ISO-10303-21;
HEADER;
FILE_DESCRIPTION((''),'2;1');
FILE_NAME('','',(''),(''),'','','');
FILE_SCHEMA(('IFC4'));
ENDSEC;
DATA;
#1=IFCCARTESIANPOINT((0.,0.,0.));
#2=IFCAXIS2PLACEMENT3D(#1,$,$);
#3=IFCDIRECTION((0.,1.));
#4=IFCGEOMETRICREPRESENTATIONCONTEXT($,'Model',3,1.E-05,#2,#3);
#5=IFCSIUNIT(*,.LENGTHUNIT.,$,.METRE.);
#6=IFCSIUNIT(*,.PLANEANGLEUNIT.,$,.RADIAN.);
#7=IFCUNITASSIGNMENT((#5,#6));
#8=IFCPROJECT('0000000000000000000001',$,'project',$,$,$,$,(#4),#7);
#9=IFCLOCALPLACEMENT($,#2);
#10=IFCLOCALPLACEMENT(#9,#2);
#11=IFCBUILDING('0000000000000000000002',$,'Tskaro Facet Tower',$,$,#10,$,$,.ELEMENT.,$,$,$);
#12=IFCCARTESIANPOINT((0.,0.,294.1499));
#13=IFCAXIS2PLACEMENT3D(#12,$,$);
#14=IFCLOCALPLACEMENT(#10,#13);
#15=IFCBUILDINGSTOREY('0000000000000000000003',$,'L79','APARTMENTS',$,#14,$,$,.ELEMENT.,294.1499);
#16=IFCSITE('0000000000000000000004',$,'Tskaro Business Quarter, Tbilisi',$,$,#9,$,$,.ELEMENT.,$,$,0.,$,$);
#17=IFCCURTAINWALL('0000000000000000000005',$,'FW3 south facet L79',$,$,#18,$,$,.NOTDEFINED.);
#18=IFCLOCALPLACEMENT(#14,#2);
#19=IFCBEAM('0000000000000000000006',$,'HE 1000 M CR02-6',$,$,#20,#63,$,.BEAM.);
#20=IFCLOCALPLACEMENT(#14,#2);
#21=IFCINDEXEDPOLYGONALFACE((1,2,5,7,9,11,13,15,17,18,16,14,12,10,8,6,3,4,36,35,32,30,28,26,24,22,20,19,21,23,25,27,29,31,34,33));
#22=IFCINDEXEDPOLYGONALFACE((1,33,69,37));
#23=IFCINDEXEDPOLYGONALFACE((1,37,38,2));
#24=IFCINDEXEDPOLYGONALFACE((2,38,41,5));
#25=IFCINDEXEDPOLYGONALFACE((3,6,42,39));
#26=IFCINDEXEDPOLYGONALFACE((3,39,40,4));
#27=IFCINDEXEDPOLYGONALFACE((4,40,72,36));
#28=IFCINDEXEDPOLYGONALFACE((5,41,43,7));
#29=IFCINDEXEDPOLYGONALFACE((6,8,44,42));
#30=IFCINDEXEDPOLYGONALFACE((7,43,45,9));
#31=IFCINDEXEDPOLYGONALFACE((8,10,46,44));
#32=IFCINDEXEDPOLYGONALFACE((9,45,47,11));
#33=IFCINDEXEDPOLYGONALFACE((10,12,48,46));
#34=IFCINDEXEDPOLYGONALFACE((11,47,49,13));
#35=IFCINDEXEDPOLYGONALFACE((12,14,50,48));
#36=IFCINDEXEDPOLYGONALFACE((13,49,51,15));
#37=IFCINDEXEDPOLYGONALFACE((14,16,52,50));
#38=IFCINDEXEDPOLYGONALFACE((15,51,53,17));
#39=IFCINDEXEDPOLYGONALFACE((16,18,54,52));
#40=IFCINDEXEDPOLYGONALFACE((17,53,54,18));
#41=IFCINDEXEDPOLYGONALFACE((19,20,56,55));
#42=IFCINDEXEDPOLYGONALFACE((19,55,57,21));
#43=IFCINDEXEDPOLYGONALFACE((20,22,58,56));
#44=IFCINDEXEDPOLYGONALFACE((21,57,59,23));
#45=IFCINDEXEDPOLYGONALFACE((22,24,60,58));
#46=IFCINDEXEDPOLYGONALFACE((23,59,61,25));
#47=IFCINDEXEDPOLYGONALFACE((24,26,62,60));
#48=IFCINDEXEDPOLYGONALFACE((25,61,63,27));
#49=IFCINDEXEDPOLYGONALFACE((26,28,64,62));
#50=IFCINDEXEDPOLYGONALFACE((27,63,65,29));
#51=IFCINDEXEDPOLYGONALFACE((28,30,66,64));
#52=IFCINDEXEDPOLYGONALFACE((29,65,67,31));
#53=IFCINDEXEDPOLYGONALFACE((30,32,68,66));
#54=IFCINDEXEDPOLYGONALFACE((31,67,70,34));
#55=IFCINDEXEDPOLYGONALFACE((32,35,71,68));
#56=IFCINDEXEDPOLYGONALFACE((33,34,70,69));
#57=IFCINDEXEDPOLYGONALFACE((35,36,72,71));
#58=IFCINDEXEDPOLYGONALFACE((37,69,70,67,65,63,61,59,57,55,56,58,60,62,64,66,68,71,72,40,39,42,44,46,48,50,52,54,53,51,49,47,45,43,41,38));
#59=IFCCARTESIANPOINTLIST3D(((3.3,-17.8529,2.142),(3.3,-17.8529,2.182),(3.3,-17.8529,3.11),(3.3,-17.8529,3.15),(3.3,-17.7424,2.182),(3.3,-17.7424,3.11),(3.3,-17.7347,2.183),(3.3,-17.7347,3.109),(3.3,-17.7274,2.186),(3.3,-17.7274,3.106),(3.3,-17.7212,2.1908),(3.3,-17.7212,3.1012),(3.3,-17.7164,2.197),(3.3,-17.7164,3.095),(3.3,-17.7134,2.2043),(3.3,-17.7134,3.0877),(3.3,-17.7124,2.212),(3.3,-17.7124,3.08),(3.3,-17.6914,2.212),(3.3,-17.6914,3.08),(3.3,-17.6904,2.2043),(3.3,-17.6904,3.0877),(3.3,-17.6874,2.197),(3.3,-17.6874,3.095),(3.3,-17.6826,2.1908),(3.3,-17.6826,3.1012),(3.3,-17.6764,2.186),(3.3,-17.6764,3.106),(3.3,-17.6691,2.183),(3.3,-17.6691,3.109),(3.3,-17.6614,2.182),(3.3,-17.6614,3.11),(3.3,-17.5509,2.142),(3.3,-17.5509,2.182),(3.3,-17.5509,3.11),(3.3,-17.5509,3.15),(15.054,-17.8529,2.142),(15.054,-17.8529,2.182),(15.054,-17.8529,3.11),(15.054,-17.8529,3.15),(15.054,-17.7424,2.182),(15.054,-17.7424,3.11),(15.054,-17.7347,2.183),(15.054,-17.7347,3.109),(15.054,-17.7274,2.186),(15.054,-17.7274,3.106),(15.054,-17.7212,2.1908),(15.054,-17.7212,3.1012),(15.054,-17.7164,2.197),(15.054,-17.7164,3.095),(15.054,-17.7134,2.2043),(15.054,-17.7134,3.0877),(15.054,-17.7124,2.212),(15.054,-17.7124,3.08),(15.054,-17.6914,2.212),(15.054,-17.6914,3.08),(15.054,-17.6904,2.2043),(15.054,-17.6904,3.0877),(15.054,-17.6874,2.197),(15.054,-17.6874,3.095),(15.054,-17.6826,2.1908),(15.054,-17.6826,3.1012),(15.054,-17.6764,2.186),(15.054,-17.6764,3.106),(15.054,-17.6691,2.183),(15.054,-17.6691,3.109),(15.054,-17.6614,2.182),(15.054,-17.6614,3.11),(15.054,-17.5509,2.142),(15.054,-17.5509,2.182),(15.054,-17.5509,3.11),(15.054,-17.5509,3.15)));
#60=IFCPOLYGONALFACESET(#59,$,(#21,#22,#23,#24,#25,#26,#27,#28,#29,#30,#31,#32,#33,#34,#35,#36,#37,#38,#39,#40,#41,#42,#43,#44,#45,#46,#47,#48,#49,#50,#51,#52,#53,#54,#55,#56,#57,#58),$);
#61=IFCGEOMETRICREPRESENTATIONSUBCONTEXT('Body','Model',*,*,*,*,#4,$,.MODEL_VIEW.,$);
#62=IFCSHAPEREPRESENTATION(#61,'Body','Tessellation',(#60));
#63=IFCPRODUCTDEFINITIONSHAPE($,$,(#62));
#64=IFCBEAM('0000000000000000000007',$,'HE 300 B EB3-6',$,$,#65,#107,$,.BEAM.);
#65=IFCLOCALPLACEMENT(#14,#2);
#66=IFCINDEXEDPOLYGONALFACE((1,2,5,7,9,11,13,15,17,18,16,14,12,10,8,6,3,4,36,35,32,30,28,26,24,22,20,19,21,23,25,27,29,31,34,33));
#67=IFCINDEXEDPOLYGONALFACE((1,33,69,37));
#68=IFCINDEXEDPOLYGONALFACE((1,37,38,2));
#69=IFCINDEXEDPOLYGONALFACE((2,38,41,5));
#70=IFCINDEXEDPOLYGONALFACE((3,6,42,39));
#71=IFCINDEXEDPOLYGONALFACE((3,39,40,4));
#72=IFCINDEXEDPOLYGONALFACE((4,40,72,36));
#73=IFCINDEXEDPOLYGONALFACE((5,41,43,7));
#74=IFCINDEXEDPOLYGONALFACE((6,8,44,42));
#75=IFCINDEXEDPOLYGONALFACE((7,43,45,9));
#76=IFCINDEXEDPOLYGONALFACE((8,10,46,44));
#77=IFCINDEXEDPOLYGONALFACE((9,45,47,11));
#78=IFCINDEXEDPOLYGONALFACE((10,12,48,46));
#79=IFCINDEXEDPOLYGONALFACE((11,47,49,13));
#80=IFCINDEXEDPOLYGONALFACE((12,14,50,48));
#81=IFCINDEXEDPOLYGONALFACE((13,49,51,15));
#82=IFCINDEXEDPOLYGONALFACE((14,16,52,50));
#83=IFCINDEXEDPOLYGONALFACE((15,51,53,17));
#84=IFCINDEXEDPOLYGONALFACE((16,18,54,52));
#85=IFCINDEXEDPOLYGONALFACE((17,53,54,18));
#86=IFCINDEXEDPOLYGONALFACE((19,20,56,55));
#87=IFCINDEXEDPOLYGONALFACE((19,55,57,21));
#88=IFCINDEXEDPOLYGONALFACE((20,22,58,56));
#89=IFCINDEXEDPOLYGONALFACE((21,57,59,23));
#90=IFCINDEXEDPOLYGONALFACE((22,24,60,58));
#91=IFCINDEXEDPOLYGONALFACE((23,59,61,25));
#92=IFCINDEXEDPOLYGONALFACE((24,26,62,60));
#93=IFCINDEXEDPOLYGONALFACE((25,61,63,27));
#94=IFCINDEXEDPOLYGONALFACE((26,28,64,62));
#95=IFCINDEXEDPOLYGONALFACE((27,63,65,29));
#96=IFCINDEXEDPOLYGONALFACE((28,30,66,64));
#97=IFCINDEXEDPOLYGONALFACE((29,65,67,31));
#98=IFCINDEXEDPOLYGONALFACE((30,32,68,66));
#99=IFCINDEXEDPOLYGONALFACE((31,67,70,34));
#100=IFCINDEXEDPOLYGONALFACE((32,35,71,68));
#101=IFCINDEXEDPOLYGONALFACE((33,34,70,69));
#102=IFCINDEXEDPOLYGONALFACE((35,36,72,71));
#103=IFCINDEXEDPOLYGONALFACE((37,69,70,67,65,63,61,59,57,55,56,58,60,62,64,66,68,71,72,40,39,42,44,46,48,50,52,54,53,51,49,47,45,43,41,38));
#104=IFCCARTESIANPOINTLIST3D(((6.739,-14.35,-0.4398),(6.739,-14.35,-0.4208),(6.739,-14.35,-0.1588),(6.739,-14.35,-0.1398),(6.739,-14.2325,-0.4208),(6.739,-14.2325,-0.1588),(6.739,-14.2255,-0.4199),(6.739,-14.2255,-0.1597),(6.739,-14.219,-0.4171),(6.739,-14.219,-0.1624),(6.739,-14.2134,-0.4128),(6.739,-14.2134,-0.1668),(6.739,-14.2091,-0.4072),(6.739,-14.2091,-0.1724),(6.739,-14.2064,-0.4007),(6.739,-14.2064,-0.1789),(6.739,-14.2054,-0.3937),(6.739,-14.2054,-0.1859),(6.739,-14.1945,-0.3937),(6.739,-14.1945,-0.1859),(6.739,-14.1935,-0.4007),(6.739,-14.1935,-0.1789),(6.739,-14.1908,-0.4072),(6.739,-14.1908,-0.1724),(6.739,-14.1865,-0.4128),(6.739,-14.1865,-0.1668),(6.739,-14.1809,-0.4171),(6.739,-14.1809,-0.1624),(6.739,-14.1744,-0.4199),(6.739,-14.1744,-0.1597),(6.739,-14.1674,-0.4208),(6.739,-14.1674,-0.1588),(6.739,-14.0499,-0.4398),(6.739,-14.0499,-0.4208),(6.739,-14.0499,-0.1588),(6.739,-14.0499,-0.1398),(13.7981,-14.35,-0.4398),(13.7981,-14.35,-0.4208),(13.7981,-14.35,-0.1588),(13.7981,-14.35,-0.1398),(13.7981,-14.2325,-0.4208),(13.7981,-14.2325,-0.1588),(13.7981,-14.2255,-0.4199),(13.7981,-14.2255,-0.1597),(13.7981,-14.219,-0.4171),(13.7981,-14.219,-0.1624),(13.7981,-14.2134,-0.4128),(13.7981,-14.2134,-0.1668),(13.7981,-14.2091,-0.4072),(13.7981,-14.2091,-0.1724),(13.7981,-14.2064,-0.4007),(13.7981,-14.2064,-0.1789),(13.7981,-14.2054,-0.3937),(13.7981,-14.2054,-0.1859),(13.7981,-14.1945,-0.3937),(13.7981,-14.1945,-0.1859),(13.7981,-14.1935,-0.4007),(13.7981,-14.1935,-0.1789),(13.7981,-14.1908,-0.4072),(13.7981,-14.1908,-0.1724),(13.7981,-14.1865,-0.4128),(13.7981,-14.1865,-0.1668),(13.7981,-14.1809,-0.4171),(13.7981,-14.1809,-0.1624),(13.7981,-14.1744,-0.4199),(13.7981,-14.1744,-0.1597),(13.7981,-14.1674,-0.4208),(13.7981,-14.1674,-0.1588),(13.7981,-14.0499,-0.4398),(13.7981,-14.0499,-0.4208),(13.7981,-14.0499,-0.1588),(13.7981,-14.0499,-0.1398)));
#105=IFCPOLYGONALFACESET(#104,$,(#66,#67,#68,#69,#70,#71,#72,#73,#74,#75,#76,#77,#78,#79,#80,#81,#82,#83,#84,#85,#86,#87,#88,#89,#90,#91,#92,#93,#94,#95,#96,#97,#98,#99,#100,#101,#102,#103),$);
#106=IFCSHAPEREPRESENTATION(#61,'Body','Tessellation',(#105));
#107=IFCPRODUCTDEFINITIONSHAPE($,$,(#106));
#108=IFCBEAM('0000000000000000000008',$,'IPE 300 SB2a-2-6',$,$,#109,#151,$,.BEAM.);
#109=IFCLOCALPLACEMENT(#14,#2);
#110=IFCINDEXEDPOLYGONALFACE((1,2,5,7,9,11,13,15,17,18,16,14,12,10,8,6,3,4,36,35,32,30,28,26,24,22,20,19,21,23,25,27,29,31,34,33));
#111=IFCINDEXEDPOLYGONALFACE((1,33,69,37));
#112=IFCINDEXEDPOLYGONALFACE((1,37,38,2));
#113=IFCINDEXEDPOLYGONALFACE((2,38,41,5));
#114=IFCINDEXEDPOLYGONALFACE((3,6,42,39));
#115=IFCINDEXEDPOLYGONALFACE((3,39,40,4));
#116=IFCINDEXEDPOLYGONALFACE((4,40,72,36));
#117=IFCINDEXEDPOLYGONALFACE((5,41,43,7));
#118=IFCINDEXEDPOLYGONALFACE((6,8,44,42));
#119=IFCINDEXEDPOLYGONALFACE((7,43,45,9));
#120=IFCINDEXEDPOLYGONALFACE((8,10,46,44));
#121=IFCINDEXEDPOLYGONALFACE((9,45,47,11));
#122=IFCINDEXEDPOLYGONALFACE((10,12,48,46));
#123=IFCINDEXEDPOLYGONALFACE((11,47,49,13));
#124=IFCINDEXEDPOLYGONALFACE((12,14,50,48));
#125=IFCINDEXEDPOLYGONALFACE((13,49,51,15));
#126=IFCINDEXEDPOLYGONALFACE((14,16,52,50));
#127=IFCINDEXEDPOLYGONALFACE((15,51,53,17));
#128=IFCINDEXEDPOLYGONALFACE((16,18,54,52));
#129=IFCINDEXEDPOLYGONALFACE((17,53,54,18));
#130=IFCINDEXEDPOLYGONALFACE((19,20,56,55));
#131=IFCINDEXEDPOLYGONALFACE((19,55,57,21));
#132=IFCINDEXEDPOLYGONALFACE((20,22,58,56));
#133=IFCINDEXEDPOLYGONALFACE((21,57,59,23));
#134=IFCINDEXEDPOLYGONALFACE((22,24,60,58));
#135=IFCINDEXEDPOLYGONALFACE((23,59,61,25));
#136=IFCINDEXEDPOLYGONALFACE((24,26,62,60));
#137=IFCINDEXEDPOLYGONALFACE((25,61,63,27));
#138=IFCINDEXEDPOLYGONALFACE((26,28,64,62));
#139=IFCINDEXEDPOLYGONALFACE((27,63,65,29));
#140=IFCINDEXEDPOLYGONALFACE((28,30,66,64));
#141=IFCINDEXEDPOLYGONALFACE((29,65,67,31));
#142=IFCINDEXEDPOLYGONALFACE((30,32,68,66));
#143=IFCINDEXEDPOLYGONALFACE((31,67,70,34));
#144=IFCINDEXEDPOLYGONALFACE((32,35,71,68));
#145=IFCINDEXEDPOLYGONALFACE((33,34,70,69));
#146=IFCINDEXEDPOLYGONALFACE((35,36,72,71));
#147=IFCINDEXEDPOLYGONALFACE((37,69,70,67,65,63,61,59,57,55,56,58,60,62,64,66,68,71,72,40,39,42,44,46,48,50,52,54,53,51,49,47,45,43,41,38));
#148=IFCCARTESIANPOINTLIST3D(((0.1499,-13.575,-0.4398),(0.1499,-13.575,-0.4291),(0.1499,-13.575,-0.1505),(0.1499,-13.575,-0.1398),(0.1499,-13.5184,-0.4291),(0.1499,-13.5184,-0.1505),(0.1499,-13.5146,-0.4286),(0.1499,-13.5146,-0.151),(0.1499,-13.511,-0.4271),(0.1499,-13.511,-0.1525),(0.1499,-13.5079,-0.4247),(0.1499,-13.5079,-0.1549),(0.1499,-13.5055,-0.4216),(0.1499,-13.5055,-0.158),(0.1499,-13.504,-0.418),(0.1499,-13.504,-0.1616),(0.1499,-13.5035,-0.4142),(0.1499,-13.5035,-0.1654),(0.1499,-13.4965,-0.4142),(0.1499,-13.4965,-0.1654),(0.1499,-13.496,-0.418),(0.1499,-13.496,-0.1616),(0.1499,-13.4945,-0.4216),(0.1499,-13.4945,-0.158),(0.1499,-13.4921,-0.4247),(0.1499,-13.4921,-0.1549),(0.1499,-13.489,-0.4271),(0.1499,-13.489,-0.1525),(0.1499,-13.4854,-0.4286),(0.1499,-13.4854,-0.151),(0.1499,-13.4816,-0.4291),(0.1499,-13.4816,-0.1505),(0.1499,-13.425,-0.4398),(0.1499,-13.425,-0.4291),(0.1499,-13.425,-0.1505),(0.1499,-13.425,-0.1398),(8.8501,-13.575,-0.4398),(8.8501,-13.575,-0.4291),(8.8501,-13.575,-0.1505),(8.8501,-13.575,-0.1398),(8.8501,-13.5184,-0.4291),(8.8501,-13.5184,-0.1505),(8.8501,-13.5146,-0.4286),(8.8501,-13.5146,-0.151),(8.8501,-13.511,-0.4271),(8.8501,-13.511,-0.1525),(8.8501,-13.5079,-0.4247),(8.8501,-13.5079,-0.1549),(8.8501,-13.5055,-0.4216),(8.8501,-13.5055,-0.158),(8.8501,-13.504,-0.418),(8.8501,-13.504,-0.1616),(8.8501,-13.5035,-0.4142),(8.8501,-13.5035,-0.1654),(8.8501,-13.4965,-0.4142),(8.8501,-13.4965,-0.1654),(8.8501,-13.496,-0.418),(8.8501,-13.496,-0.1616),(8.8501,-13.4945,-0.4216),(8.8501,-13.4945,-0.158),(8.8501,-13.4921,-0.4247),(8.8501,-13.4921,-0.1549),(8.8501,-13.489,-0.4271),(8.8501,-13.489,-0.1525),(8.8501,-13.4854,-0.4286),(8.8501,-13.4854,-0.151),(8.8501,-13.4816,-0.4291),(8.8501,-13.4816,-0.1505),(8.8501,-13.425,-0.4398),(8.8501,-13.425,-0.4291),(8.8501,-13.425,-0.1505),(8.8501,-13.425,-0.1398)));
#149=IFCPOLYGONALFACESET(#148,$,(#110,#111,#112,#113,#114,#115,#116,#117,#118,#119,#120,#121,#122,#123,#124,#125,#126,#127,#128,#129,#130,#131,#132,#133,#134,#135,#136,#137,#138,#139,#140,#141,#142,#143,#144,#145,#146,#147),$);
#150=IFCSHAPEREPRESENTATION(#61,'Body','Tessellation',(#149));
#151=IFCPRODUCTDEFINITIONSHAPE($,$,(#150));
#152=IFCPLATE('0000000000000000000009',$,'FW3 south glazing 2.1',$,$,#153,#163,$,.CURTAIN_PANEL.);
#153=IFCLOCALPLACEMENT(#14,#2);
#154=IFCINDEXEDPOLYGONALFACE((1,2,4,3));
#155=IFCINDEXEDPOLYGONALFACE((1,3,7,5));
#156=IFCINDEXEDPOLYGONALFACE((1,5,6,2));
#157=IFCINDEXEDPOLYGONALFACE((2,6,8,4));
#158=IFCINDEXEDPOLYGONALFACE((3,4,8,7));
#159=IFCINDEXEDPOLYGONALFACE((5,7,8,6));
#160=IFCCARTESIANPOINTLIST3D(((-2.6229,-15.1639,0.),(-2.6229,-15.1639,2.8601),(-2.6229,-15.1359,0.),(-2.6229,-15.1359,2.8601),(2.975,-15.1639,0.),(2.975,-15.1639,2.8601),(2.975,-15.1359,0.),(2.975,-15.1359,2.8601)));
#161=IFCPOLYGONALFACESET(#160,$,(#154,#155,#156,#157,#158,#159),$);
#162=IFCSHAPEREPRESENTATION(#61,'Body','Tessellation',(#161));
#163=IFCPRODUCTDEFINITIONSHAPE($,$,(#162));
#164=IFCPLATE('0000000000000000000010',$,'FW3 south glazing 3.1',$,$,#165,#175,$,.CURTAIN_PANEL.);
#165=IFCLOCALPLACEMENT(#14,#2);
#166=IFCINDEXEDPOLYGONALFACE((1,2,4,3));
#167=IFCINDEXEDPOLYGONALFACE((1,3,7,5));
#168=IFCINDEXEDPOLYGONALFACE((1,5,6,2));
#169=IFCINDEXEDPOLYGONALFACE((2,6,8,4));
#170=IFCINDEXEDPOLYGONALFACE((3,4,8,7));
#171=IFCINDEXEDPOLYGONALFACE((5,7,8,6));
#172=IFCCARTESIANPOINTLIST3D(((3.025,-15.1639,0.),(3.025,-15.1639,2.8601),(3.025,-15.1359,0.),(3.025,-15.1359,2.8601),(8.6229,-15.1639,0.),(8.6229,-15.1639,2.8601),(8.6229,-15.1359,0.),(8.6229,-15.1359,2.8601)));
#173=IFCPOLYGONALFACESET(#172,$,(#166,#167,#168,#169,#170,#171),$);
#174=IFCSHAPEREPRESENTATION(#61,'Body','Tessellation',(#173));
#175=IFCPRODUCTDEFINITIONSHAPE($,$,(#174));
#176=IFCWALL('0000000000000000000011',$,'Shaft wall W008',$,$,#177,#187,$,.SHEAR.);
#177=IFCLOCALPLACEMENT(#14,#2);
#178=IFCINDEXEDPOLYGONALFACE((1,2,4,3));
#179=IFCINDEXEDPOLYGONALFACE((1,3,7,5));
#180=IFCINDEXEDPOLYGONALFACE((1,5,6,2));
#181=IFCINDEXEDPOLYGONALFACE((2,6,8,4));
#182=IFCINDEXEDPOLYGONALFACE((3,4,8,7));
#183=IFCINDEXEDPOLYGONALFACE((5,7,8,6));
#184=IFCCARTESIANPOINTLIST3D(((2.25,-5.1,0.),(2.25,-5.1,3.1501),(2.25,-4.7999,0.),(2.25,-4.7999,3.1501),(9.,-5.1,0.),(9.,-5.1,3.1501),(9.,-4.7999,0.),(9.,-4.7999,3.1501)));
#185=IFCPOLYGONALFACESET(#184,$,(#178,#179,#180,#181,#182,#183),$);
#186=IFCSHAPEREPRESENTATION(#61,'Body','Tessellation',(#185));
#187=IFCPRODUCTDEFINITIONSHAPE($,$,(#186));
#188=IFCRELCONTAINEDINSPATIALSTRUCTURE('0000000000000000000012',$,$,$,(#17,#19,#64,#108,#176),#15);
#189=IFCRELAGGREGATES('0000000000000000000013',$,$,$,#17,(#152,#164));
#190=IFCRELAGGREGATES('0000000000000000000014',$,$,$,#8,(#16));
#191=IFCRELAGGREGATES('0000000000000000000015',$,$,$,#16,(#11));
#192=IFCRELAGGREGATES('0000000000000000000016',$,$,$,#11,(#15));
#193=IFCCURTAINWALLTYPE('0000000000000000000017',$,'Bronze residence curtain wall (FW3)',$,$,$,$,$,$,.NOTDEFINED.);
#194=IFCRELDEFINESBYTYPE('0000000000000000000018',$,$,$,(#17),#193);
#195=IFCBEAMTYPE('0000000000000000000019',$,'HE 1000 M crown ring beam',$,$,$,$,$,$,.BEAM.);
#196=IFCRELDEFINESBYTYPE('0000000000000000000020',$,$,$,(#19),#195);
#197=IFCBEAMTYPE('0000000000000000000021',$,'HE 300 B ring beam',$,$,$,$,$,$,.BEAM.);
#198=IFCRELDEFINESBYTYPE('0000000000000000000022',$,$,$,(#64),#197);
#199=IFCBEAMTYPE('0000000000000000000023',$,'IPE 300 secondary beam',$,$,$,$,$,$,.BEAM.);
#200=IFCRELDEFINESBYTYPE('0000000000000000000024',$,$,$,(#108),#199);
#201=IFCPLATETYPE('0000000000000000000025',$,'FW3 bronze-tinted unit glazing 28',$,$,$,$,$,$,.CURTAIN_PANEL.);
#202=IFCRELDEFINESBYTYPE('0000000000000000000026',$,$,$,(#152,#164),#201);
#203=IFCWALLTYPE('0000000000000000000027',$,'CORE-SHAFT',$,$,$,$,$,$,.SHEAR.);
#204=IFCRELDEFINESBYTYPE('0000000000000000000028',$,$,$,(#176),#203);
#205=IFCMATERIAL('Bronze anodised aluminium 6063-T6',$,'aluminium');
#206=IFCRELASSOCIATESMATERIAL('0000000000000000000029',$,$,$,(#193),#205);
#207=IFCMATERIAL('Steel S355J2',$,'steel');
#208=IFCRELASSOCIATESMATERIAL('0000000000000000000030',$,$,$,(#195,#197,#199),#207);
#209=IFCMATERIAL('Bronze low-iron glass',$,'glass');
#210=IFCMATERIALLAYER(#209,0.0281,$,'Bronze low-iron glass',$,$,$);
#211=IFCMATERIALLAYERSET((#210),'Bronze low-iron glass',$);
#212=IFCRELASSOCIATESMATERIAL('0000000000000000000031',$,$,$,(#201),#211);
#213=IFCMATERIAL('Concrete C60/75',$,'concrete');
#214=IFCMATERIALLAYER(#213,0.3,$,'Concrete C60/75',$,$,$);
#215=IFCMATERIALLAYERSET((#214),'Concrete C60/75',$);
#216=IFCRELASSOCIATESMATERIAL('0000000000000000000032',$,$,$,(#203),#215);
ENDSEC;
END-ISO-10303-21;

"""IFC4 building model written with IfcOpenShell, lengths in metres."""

from ifc_helpers import new_model, si_unit, direction, frame, frame_2d, origin, origin_2d, place, context, subcontext, project, spatial, rectangle, i_section, extrude, material, layer, layer_set, material_profile, profile_set, type_object, element, aggregate, save


model = new_model("IFC4")

# Units and contexts
model_context = context("Model", 3, precision=1e-05, world=origin(), true_north=direction((0.0, 1.0)))
body_context = subcontext(model_context, "Body", "Model", "MODEL_VIEW")
ifc_project = project(units=[si_unit("LENGTHUNIT", "METRE"), si_unit("PLANEANGLEUNIT", "RADIAN")], contexts=[model_context])

# Site, building, storey
site_placement = place(None, origin())
site = spatial("IfcSite", under=ifc_project, at=site_placement, Name="Tskaro Business Quarter, Tbilisi", CompositionType="ELEMENT", RefElevation=0.0)
building_placement = place(site_placement, origin())
building = spatial("IfcBuilding", under=site, at=building_placement, Name="Tskaro Facet Tower", CompositionType="ELEMENT")
storey_placement = place(building_placement, frame((0.0, 0.0, 294.1499)))
storey = spatial("IfcBuildingStorey", under=building, at=storey_placement, Name="L79", Description="APARTMENTS", CompositionType="ELEMENT", Elevation=294.1499)

# Shared definitions
ifc_material_1 = material(Name="Steel S355J2", Category="steel")

# Curtain wall
ifc_material_2 = material(Name="Bronze anodised aluminium 6063-T6", Category="aluminium")
curtain_wall_type = type_object("IfcCurtainWallType", Name="Bronze residence curtain wall (FW3)", PredefinedType="NOTDEFINED", material=ifc_material_2)
curtain_wall_placement = place(storey_placement, origin())
curtain_wall = element("IfcCurtainWall", 1, at=curtain_wall_placement, inside=storey, type_object=curtain_wall_type, Name="FW3 south facet L79", PredefinedType="NOTDEFINED")

# Beams
ifc_material_profile_1 = material_profile(ifc_material_1, i_section(OverallWidth=0.302, OverallDepth=1.0081, WebThickness=0.021, FlangeThickness=0.04, FilletRadius=0.03, at=origin_2d()), Name="HE 1000 M")
ifc_profile_set_1 = profile_set([ifc_material_profile_1], Name="Steel S355J2")
beam_type_1 = type_object("IfcBeamType", Name="HE 1000 M crown ring beam", PredefinedType="BEAM", material=ifc_profile_set_1)
beam_1_placement = place(storey_placement, frame((3.3, -17.7019, 2.646), z_axis=(1.0, 0.0, 0.0), x_axis=(0.0, 1.0, 0.0)))
element("IfcBeam", 2, at=beam_1_placement, inside=storey, type_object=beam_type_1, Name="HE 1000 M CR02-6", PredefinedType="BEAM", context=body_context, shape_type="SweptSolid", body=[
    extrude(i_section(OverallWidth=0.302, OverallDepth=1.0081, WebThickness=0.021, FlangeThickness=0.04, FilletRadius=0.03, at=origin_2d()), origin(), (0.0, 0.0, 1.0), 11.7539),
])
ifc_material_profile_2 = material_profile(ifc_material_1, i_section(OverallWidth=0.3, OverallDepth=0.3, WebThickness=0.011, FlangeThickness=0.019, FilletRadius=0.0271, at=origin_2d()), Name="HE 300 B")
ifc_profile_set_2 = profile_set([ifc_material_profile_2], Name="Steel S355J2")
beam_type_2 = type_object("IfcBeamType", Name="HE 300 B ring beam", PredefinedType="BEAM", material=ifc_profile_set_2)
beam_2_placement = place(storey_placement, frame((6.739, -14.2, -0.2898), z_axis=(1.0, 0.0, 0.0), x_axis=(0.0, 1.0, 0.0)))
element("IfcBeam", 3, at=beam_2_placement, inside=storey, type_object=beam_type_2, Name="HE 300 B EB3-6", PredefinedType="BEAM", context=body_context, shape_type="SweptSolid", body=[
    extrude(i_section(OverallWidth=0.3, OverallDepth=0.3, WebThickness=0.011, FlangeThickness=0.019, FilletRadius=0.0271, at=origin_2d()), origin(), (0.0, 0.0, 1.0), 7.0591),
])
ifc_material_profile_3 = material_profile(ifc_material_1, i_section(OverallWidth=0.1499, OverallDepth=0.3, WebThickness=0.0071, FlangeThickness=0.0107, FilletRadius=0.0149, at=origin_2d()), Name="IPE 300")
ifc_profile_set_3 = profile_set([ifc_material_profile_3], Name="Steel S355J2")
beam_type_3 = type_object("IfcBeamType", Name="IPE 300 secondary beam", PredefinedType="BEAM", material=ifc_profile_set_3)
beam_3_placement = place(storey_placement, frame((0.1499, -13.5, -0.2898), z_axis=(1.0, 0.0, 0.0), x_axis=(0.0, 1.0, 0.0)))
element("IfcBeam", 4, at=beam_3_placement, inside=storey, type_object=beam_type_3, Name="IPE 300 SB2a-2-6", PredefinedType="BEAM", context=body_context, shape_type="SweptSolid", body=[
    extrude(i_section(OverallWidth=0.1499, OverallDepth=0.3, WebThickness=0.0071, FlangeThickness=0.0107, FilletRadius=0.0149, at=origin_2d()), origin(), (0.0, 0.0, 1.0), 8.7002),
])

# Plates
ifc_material_3 = material(Name="Bronze low-iron glass", Category="glass")
ifc_layer_1 = layer(ifc_material_3, 0.0281, Name="Bronze low-iron glass")
ifc_layer_set_1 = layer_set([ifc_layer_1], Name="Bronze low-iron glass")
plate_type = type_object("IfcPlateType", Name="FW3 bronze-tinted unit glazing 28", PredefinedType="CURTAIN_PANEL", material=ifc_layer_set_1)
plate_1_placement = place(storey_placement, frame((0.176, -15.1499, 0.0), z_axis=(0.0, 0.0, 1.0), x_axis=(1.0, 0.0, 0.0)))
plate_1 = element("IfcPlate", 5, at=plate_1_placement, type_object=plate_type, Name="FW3 south glazing 2.1", PredefinedType="CURTAIN_PANEL", context=body_context, shape_type="SweptSolid", body=[
    extrude(rectangle(XDim=5.5979, YDim=0.0281, at=origin_2d()), origin(), (0.0, 0.0, 1.0), 2.8601),
])
plate_2_placement = place(storey_placement, frame((5.824, -15.1499, 0.0), z_axis=(0.0, 0.0, 1.0), x_axis=(1.0, 0.0, 0.0)))
plate_2 = element("IfcPlate", 6, at=plate_2_placement, type_object=plate_type, Name="FW3 south glazing 3.1", PredefinedType="CURTAIN_PANEL", context=body_context, shape_type="SweptSolid", body=[
    extrude(rectangle(XDim=5.5979, YDim=0.0281, at=origin_2d()), origin(), (0.0, 0.0, 1.0), 2.8601),
])
aggregate(curtain_wall, [plate_1, plate_2])

# Wall
ifc_material_4 = material(Name="Concrete C60/75", Category="concrete")
ifc_layer_2 = layer(ifc_material_4, 0.3, Name="Concrete C60/75")
ifc_layer_set_2 = layer_set([ifc_layer_2], Name="Concrete C60/75")
wall_type_1 = type_object("IfcWallType", Name="CORE-SHAFT", PredefinedType="SHEAR", material=ifc_layer_set_2)
wall_1_placement = place(storey_placement, frame((2.25, -4.95, 0.0), z_axis=(0.0, 0.0, 1.0), x_axis=(1.0, 0.0, 0.0)))
element("IfcWall", 7, at=wall_1_placement, inside=storey, type_object=wall_type_1, Name="Shaft wall W008", PredefinedType="SHEAR", context=body_context, shape_type="SweptSolid", body=[
    extrude(rectangle(XDim=6.75, YDim=0.3, at=frame_2d((3.375, 0.0))), origin(), (0.0, 0.0, 1.0), 3.1501),
])

save(model, "model.ifc")
